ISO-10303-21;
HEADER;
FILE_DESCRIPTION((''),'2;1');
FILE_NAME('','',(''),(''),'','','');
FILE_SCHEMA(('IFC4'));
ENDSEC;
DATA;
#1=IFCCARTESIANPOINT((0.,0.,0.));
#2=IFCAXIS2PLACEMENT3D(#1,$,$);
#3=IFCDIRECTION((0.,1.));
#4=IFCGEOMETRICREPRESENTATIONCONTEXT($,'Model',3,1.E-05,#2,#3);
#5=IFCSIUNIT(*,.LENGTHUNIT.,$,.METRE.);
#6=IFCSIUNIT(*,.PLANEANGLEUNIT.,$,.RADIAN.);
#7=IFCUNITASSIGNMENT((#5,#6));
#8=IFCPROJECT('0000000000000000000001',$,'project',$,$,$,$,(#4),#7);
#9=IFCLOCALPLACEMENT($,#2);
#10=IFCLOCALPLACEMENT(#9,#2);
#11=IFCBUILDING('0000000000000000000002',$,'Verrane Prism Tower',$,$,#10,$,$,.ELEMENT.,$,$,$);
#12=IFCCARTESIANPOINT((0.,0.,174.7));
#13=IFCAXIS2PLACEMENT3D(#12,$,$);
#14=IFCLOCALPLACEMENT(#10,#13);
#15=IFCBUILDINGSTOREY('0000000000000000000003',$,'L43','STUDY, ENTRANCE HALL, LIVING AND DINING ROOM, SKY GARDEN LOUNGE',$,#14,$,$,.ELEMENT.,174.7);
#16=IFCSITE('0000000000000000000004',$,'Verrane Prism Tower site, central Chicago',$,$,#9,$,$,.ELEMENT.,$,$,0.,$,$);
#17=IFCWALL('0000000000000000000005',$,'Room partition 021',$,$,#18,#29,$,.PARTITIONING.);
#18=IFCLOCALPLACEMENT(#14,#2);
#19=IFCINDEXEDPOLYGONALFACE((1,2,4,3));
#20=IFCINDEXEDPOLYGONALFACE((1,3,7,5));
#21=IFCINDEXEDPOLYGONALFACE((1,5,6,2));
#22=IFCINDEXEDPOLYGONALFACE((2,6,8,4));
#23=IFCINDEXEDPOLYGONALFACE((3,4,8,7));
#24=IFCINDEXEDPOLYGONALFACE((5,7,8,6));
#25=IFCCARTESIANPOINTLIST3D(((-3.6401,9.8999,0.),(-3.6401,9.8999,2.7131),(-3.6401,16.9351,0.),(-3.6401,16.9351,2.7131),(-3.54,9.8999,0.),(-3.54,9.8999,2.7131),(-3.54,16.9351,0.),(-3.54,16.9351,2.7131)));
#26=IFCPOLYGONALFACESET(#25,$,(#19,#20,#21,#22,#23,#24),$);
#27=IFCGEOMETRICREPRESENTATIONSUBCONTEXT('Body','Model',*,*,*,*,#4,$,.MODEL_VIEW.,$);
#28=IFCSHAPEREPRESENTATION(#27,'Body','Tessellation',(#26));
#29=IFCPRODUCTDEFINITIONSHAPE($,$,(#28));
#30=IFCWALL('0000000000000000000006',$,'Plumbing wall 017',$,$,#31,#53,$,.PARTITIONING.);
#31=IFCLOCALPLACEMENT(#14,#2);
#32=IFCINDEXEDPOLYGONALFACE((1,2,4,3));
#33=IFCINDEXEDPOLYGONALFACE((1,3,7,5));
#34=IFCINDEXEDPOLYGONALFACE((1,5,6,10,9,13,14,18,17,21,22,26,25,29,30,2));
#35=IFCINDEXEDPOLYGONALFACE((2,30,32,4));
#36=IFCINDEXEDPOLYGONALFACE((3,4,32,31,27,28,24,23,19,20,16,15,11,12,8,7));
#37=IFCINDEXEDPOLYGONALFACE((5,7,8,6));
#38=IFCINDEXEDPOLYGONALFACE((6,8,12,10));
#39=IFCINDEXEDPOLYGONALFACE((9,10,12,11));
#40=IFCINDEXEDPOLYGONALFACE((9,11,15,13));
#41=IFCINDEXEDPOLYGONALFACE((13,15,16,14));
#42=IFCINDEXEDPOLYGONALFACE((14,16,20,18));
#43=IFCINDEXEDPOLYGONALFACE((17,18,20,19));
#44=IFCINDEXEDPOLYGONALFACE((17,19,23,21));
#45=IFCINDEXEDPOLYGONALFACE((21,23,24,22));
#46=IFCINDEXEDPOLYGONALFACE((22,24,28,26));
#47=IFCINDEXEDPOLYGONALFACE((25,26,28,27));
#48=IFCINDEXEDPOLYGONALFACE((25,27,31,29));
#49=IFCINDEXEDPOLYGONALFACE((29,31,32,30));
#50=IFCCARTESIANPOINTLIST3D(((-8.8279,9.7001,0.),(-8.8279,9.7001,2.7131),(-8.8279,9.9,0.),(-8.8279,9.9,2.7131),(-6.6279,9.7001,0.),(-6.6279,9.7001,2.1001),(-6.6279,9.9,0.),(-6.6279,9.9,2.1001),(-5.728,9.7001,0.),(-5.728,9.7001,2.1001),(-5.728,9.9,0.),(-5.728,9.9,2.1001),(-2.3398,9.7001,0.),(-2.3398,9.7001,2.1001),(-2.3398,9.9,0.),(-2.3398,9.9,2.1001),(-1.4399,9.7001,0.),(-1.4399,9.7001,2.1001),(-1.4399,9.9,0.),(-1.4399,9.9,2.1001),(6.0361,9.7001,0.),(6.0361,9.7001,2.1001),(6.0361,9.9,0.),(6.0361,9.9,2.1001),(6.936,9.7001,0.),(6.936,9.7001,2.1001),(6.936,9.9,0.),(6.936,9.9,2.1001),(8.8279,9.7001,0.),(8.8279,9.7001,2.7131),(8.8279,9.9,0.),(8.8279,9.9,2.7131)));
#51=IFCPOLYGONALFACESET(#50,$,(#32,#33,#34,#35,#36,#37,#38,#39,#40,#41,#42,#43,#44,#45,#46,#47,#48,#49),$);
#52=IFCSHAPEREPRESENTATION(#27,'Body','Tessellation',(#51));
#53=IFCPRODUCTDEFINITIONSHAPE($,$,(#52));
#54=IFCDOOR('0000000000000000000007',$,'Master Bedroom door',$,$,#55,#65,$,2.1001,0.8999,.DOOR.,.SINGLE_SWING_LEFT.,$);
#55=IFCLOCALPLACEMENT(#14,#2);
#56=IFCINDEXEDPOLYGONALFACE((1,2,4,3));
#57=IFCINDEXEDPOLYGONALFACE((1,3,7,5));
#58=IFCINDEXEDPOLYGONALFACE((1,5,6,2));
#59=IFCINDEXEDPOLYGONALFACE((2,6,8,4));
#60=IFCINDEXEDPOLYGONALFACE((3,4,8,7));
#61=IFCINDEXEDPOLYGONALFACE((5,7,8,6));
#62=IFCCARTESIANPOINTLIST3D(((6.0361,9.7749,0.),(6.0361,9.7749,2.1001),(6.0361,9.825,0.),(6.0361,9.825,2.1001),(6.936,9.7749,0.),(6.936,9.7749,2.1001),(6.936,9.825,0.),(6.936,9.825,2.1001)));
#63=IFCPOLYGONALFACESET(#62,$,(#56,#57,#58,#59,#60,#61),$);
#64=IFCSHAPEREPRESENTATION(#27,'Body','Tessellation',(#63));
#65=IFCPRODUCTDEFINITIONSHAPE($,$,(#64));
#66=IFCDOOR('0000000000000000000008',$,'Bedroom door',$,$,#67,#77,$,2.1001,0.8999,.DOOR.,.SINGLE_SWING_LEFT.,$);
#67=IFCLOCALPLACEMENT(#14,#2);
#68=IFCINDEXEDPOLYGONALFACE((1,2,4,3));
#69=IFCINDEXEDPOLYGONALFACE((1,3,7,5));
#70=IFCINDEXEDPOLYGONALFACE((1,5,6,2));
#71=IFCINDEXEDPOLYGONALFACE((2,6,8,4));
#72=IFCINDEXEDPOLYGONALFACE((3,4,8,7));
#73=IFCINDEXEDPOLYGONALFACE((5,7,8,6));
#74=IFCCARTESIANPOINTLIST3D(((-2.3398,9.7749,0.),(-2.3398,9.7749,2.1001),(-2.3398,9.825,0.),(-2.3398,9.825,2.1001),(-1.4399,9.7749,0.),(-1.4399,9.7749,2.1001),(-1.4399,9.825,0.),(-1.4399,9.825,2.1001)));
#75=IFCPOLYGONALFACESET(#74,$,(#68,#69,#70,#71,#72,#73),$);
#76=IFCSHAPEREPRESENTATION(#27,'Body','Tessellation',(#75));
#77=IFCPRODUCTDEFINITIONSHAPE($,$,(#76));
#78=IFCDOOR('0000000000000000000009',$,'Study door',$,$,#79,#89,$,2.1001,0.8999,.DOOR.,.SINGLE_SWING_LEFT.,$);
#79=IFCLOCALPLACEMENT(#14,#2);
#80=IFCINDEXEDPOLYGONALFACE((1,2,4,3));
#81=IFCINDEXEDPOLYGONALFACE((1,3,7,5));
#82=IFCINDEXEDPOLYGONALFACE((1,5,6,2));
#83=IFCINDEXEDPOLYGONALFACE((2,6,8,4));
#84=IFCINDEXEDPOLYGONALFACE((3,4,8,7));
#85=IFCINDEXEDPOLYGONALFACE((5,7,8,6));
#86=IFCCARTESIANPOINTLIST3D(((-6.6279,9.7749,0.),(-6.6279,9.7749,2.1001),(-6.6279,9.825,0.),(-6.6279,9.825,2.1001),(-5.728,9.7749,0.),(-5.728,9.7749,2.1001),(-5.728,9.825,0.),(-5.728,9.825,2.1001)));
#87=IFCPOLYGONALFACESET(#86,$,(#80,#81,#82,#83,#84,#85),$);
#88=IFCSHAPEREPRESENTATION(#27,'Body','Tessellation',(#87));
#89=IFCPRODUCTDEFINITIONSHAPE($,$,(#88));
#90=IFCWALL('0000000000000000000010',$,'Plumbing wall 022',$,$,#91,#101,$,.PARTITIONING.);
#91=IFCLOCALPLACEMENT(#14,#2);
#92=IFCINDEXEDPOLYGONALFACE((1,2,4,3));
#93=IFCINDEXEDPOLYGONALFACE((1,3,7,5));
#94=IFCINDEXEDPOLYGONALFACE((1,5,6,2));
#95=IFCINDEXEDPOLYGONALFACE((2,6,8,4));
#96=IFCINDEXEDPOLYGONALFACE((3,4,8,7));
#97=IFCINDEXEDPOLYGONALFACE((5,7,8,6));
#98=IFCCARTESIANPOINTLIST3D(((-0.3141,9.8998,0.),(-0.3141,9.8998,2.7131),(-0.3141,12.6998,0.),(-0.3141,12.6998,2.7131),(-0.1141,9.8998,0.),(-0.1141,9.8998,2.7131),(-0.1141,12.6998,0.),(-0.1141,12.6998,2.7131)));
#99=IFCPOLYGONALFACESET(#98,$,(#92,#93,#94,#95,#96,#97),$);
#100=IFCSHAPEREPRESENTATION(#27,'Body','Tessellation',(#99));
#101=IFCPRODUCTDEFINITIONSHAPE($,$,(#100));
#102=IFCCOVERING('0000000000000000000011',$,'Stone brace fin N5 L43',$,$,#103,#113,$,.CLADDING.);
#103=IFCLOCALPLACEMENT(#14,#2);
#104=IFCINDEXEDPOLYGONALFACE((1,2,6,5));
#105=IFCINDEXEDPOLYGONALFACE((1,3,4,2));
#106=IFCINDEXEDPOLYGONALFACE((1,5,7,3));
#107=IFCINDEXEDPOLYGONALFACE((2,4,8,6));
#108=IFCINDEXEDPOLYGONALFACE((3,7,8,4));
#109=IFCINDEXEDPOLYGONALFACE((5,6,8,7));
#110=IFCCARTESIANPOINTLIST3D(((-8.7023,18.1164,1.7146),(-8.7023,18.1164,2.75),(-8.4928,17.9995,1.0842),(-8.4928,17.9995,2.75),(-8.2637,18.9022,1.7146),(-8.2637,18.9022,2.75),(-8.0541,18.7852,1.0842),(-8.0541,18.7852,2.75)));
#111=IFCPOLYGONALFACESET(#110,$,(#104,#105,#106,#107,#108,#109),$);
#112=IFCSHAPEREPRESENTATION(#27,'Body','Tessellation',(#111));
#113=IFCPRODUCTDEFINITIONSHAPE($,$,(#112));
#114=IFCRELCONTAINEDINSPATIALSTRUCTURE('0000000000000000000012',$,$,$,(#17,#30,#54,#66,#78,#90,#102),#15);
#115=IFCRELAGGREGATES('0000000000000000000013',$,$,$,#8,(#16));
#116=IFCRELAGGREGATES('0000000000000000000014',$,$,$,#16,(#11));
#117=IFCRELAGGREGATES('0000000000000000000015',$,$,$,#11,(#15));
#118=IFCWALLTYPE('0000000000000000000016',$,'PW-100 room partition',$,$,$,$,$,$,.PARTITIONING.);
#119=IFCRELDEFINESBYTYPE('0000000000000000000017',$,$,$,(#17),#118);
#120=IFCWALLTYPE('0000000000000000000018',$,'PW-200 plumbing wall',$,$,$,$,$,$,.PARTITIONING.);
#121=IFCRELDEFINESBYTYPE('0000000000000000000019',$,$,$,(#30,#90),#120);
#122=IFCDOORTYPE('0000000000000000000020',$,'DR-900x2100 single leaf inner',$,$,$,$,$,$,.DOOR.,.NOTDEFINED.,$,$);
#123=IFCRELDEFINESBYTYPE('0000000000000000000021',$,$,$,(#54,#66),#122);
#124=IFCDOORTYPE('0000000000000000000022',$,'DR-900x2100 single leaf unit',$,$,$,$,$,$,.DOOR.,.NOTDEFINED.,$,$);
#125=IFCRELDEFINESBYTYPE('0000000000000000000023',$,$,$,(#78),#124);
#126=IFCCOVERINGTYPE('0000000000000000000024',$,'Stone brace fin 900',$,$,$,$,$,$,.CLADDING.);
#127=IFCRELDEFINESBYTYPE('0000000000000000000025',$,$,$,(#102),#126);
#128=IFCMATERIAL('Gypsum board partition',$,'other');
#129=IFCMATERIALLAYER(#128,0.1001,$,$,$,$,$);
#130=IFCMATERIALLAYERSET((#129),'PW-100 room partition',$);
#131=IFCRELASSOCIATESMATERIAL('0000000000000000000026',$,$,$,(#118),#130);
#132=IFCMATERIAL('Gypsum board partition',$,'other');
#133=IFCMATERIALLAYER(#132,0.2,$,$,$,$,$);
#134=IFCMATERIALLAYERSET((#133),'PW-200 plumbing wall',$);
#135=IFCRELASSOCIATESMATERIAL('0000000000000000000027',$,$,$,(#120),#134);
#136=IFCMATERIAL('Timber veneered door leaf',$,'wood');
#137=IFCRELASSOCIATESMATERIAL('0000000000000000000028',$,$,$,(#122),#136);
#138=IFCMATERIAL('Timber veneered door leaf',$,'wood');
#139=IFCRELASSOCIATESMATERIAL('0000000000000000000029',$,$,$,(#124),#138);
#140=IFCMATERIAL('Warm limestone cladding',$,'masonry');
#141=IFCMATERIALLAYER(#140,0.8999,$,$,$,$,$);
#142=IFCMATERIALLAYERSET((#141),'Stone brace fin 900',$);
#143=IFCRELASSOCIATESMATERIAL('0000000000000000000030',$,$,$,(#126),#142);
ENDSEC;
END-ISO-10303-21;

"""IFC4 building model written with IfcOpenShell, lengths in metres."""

from ifc_helpers import new_model, si_unit, direction, frame, frame_2d, origin, place, context, subcontext, project, spatial, polyline, rectangle, outline, extrude, material, layer, layer_set, type_object, element, fill, save


model = new_model("IFC4")

# Units and contexts
model_context = context("Model", 3, precision=1e-05, world=origin(), true_north=direction((0.0, 1.0)))
body_context = subcontext(model_context, "Body", "Model", "MODEL_VIEW")
ifc_project = project(units=[si_unit("LENGTHUNIT", "METRE"), si_unit("PLANEANGLEUNIT", "RADIAN")], contexts=[model_context])

# Site, building, storey
site_placement = place(None, origin())
site = spatial("IfcSite", under=ifc_project, at=site_placement, Name="Verrane Prism Tower site, central Chicago", CompositionType="ELEMENT", RefElevation=0.0)
building_placement = place(site_placement, origin())
building = spatial("IfcBuilding", under=site, at=building_placement, Name="Verrane Prism Tower", CompositionType="ELEMENT")
storey_placement = place(building_placement, frame((0.0, 0.0, 174.7)))
storey = spatial("IfcBuildingStorey", under=building, at=storey_placement, Name="L43", Description="STUDY, ENTRANCE HALL, LIVING AND DINING ROOM, SKY GARDEN LOUNGE", CompositionType="ELEMENT", Elevation=174.7)

# Wall
ifc_material_1 = material(Name="Gypsum board partition", Category="other")
ifc_layer_1 = layer(ifc_material_1, 0.1001)
ifc_layer_set_1 = layer_set([ifc_layer_1], Name="PW-100 room partition")
wall_type_1 = type_object("IfcWallType", Name="PW-100 room partition", PredefinedType="PARTITIONING", material=ifc_layer_set_1)
wall_1_placement = place(storey_placement, frame((-3.5901, 9.8999, 0.0), z_axis=(0.0, 0.0, 1.0), x_axis=(0.0, 1.0, 0.0)))
element("IfcWall", 1, at=wall_1_placement, inside=storey, type_object=wall_type_1, Name="Room partition 021", PredefinedType="PARTITIONING", context=body_context, shape_type="SweptSolid", body=[
    extrude(rectangle(XDim=7.0352, YDim=0.1001, at=frame_2d((3.5176, 0.0))), origin(), (0.0, 0.0, 1.0), 2.7131),
])

# Wall, openings, doors
ifc_material_2 = material(Name="Gypsum board partition", Category="other")
ifc_layer_2 = layer(ifc_material_2, 0.2)
ifc_layer_set_2 = layer_set([ifc_layer_2], Name="PW-200 plumbing wall")
wall_type_2 = type_object("IfcWallType", Name="PW-200 plumbing wall", PredefinedType="PARTITIONING", material=ifc_layer_set_2)
wall_2_placement = place(storey_placement, frame((-8.8279, 9.8, 0.0), z_axis=(0.0, 0.0, 1.0), x_axis=(1.0, 0.0, 0.0)))
wall_2 = element("IfcWall", 2, at=wall_2_placement, inside=storey, type_object=wall_type_2, Name="Plumbing wall 017", PredefinedType="PARTITIONING", context=body_context, shape_type="SweptSolid", body=[
    extrude(rectangle(XDim=17.6558, YDim=0.2, at=frame_2d((8.8279, 0.0))), origin(), (0.0, 0.0, 1.0), 2.7131),
])
opening_1_placement = place(wall_2_placement, frame((14.864, 0.0, 0.0)))
opening_1 = element("IfcOpeningElement", 3, at=opening_1_placement, cuts=wall_2, PredefinedType="OPENING", context=body_context, shape_type="SweptSolid", body=[
    extrude(rectangle(XDim=0.8999, YDim=2.1001, at=frame_2d((0.45, 1.05))), frame((0.0, 0.1099, 0.0), z_axis=(0.0, -1.0, 0.0), x_axis=(1.0, 0.0, 0.0)), (0.0, 0.0, 1.0), 0.22),
])
opening_2_placement = place(wall_2_placement, frame((6.488, 0.0, 0.0)))
opening_2 = element("IfcOpeningElement", 4, at=opening_2_placement, cuts=wall_2, PredefinedType="OPENING", context=body_context, shape_type="SweptSolid", body=[
    extrude(rectangle(XDim=0.8999, YDim=2.1001, at=frame_2d((0.45, 1.05))), frame((0.0, 0.1099, 0.0), z_axis=(0.0, -1.0, 0.0), x_axis=(1.0, 0.0, 0.0)), (0.0, 0.0, 1.0), 0.22),
])
opening_3_placement = place(wall_2_placement, frame((2.2, 0.0, 0.0)))
opening_3 = element("IfcOpeningElement", 5, at=opening_3_placement, cuts=wall_2, PredefinedType="OPENING", context=body_context, shape_type="SweptSolid", body=[
    extrude(rectangle(XDim=0.8999, YDim=2.1001, at=frame_2d((0.45, 1.05))), frame((0.0, 0.1099, 0.0), z_axis=(0.0, -1.0, 0.0), x_axis=(1.0, 0.0, 0.0)), (0.0, 0.0, 1.0), 0.22),
])
ifc_material_3 = material(Name="Timber veneered door leaf", Category="wood")
door_type_1 = type_object("IfcDoorType", Name="DR-900x2100 single leaf inner", OperationType="NOTDEFINED", PredefinedType="DOOR", material=ifc_material_3)
door_1_placement = place(opening_1_placement, origin())
door_1 = element("IfcDoor", 6, at=door_1_placement, inside=storey, type_object=door_type_1, Name="Master Bedroom door", OperationType="SINGLE_SWING_LEFT", OverallHeight=2.1001, OverallWidth=0.8999, PredefinedType="DOOR", context=body_context, shape_type="SweptSolid", body=[
    extrude(rectangle(XDim=0.8999, YDim=2.1001, at=frame_2d((0.45, 1.05))), frame((0.0, 0.0249, 0.0), z_axis=(0.0, -1.0, 0.0), x_axis=(1.0, 0.0, 0.0)), (0.0, 0.0, 1.0), 0.05),
])
fill(opening_1, door_1)
door_2_placement = place(opening_2_placement, origin())
door_2 = element("IfcDoor", 7, at=door_2_placement, inside=storey, type_object=door_type_1, Name="Bedroom door", OperationType="SINGLE_SWING_LEFT", OverallHeight=2.1001, OverallWidth=0.8999, PredefinedType="DOOR", context=body_context, shape_type="SweptSolid", body=[
    extrude(rectangle(XDim=0.8999, YDim=2.1001, at=frame_2d((0.45, 1.05))), frame((0.0, 0.0249, 0.0), z_axis=(0.0, -1.0, 0.0), x_axis=(1.0, 0.0, 0.0)), (0.0, 0.0, 1.0), 0.05),
])
fill(opening_2, door_2)
ifc_material_4 = material(Name="Timber veneered door leaf", Category="wood")
door_type_2 = type_object("IfcDoorType", Name="DR-900x2100 single leaf unit", OperationType="NOTDEFINED", PredefinedType="DOOR", material=ifc_material_4)
door_3_placement = place(opening_3_placement, origin())
door_3 = element("IfcDoor", 8, at=door_3_placement, inside=storey, type_object=door_type_2, Name="Study door", OperationType="SINGLE_SWING_LEFT", OverallHeight=2.1001, OverallWidth=0.8999, PredefinedType="DOOR", context=body_context, shape_type="SweptSolid", body=[
    extrude(rectangle(XDim=0.8999, YDim=2.1001, at=frame_2d((0.45, 1.05))), frame((0.0, 0.0249, 0.0), z_axis=(0.0, -1.0, 0.0), x_axis=(1.0, 0.0, 0.0)), (0.0, 0.0, 1.0), 0.05),
])
fill(opening_3, door_3)

# Wall
wall_3_placement = place(storey_placement, frame((-0.2141, 9.8999, 0.0), z_axis=(0.0, 0.0, 1.0), x_axis=(0.0, 1.0, 0.0)))
element("IfcWall", 9, at=wall_3_placement, inside=storey, type_object=wall_type_2, Name="Plumbing wall 022", PredefinedType="PARTITIONING", context=body_context, shape_type="SweptSolid", body=[
    extrude(rectangle(XDim=2.8, YDim=0.2, at=frame_2d((1.3999, 0.0))), origin(), (0.0, 0.0, 1.0), 2.7131),
])

# Covering
ifc_material_5 = material(Name="Warm limestone cladding", Category="masonry")
ifc_layer_3 = layer(ifc_material_5, 0.8999)
ifc_layer_set_3 = layer_set([ifc_layer_3], Name="Stone brace fin 900")
covering_type = type_object("IfcCoveringType", Name="Stone brace fin 900", PredefinedType="CLADDING", material=ifc_layer_set_3)
covering_placement = place(storey_placement, frame((-8.2734, 18.3923, 1.0842), z_axis=(0.0, 0.0, 1.0), x_axis=(-0.873147, 0.487456, 0.0)))
element("IfcCovering", 10, at=covering_placement, inside=storey, type_object=covering_type, Name="Stone brace fin N5 L43", PredefinedType="CLADDING", context=body_context, shape_type="SweptSolid", body=[
    extrude(outline(polyline([(0.24, 1.6658), (0.0, 1.6658), (0.0, 0.0), (0.24, 0.6304), (0.24, 1.6658)])), frame((0.0, 0.45, 0.0), z_axis=(0.0, -1.0, 0.0), x_axis=(1.0, 0.0, 0.0)), (0.0, 0.0, 1.0), 0.8999),
])

save(model, "model.ifc")
